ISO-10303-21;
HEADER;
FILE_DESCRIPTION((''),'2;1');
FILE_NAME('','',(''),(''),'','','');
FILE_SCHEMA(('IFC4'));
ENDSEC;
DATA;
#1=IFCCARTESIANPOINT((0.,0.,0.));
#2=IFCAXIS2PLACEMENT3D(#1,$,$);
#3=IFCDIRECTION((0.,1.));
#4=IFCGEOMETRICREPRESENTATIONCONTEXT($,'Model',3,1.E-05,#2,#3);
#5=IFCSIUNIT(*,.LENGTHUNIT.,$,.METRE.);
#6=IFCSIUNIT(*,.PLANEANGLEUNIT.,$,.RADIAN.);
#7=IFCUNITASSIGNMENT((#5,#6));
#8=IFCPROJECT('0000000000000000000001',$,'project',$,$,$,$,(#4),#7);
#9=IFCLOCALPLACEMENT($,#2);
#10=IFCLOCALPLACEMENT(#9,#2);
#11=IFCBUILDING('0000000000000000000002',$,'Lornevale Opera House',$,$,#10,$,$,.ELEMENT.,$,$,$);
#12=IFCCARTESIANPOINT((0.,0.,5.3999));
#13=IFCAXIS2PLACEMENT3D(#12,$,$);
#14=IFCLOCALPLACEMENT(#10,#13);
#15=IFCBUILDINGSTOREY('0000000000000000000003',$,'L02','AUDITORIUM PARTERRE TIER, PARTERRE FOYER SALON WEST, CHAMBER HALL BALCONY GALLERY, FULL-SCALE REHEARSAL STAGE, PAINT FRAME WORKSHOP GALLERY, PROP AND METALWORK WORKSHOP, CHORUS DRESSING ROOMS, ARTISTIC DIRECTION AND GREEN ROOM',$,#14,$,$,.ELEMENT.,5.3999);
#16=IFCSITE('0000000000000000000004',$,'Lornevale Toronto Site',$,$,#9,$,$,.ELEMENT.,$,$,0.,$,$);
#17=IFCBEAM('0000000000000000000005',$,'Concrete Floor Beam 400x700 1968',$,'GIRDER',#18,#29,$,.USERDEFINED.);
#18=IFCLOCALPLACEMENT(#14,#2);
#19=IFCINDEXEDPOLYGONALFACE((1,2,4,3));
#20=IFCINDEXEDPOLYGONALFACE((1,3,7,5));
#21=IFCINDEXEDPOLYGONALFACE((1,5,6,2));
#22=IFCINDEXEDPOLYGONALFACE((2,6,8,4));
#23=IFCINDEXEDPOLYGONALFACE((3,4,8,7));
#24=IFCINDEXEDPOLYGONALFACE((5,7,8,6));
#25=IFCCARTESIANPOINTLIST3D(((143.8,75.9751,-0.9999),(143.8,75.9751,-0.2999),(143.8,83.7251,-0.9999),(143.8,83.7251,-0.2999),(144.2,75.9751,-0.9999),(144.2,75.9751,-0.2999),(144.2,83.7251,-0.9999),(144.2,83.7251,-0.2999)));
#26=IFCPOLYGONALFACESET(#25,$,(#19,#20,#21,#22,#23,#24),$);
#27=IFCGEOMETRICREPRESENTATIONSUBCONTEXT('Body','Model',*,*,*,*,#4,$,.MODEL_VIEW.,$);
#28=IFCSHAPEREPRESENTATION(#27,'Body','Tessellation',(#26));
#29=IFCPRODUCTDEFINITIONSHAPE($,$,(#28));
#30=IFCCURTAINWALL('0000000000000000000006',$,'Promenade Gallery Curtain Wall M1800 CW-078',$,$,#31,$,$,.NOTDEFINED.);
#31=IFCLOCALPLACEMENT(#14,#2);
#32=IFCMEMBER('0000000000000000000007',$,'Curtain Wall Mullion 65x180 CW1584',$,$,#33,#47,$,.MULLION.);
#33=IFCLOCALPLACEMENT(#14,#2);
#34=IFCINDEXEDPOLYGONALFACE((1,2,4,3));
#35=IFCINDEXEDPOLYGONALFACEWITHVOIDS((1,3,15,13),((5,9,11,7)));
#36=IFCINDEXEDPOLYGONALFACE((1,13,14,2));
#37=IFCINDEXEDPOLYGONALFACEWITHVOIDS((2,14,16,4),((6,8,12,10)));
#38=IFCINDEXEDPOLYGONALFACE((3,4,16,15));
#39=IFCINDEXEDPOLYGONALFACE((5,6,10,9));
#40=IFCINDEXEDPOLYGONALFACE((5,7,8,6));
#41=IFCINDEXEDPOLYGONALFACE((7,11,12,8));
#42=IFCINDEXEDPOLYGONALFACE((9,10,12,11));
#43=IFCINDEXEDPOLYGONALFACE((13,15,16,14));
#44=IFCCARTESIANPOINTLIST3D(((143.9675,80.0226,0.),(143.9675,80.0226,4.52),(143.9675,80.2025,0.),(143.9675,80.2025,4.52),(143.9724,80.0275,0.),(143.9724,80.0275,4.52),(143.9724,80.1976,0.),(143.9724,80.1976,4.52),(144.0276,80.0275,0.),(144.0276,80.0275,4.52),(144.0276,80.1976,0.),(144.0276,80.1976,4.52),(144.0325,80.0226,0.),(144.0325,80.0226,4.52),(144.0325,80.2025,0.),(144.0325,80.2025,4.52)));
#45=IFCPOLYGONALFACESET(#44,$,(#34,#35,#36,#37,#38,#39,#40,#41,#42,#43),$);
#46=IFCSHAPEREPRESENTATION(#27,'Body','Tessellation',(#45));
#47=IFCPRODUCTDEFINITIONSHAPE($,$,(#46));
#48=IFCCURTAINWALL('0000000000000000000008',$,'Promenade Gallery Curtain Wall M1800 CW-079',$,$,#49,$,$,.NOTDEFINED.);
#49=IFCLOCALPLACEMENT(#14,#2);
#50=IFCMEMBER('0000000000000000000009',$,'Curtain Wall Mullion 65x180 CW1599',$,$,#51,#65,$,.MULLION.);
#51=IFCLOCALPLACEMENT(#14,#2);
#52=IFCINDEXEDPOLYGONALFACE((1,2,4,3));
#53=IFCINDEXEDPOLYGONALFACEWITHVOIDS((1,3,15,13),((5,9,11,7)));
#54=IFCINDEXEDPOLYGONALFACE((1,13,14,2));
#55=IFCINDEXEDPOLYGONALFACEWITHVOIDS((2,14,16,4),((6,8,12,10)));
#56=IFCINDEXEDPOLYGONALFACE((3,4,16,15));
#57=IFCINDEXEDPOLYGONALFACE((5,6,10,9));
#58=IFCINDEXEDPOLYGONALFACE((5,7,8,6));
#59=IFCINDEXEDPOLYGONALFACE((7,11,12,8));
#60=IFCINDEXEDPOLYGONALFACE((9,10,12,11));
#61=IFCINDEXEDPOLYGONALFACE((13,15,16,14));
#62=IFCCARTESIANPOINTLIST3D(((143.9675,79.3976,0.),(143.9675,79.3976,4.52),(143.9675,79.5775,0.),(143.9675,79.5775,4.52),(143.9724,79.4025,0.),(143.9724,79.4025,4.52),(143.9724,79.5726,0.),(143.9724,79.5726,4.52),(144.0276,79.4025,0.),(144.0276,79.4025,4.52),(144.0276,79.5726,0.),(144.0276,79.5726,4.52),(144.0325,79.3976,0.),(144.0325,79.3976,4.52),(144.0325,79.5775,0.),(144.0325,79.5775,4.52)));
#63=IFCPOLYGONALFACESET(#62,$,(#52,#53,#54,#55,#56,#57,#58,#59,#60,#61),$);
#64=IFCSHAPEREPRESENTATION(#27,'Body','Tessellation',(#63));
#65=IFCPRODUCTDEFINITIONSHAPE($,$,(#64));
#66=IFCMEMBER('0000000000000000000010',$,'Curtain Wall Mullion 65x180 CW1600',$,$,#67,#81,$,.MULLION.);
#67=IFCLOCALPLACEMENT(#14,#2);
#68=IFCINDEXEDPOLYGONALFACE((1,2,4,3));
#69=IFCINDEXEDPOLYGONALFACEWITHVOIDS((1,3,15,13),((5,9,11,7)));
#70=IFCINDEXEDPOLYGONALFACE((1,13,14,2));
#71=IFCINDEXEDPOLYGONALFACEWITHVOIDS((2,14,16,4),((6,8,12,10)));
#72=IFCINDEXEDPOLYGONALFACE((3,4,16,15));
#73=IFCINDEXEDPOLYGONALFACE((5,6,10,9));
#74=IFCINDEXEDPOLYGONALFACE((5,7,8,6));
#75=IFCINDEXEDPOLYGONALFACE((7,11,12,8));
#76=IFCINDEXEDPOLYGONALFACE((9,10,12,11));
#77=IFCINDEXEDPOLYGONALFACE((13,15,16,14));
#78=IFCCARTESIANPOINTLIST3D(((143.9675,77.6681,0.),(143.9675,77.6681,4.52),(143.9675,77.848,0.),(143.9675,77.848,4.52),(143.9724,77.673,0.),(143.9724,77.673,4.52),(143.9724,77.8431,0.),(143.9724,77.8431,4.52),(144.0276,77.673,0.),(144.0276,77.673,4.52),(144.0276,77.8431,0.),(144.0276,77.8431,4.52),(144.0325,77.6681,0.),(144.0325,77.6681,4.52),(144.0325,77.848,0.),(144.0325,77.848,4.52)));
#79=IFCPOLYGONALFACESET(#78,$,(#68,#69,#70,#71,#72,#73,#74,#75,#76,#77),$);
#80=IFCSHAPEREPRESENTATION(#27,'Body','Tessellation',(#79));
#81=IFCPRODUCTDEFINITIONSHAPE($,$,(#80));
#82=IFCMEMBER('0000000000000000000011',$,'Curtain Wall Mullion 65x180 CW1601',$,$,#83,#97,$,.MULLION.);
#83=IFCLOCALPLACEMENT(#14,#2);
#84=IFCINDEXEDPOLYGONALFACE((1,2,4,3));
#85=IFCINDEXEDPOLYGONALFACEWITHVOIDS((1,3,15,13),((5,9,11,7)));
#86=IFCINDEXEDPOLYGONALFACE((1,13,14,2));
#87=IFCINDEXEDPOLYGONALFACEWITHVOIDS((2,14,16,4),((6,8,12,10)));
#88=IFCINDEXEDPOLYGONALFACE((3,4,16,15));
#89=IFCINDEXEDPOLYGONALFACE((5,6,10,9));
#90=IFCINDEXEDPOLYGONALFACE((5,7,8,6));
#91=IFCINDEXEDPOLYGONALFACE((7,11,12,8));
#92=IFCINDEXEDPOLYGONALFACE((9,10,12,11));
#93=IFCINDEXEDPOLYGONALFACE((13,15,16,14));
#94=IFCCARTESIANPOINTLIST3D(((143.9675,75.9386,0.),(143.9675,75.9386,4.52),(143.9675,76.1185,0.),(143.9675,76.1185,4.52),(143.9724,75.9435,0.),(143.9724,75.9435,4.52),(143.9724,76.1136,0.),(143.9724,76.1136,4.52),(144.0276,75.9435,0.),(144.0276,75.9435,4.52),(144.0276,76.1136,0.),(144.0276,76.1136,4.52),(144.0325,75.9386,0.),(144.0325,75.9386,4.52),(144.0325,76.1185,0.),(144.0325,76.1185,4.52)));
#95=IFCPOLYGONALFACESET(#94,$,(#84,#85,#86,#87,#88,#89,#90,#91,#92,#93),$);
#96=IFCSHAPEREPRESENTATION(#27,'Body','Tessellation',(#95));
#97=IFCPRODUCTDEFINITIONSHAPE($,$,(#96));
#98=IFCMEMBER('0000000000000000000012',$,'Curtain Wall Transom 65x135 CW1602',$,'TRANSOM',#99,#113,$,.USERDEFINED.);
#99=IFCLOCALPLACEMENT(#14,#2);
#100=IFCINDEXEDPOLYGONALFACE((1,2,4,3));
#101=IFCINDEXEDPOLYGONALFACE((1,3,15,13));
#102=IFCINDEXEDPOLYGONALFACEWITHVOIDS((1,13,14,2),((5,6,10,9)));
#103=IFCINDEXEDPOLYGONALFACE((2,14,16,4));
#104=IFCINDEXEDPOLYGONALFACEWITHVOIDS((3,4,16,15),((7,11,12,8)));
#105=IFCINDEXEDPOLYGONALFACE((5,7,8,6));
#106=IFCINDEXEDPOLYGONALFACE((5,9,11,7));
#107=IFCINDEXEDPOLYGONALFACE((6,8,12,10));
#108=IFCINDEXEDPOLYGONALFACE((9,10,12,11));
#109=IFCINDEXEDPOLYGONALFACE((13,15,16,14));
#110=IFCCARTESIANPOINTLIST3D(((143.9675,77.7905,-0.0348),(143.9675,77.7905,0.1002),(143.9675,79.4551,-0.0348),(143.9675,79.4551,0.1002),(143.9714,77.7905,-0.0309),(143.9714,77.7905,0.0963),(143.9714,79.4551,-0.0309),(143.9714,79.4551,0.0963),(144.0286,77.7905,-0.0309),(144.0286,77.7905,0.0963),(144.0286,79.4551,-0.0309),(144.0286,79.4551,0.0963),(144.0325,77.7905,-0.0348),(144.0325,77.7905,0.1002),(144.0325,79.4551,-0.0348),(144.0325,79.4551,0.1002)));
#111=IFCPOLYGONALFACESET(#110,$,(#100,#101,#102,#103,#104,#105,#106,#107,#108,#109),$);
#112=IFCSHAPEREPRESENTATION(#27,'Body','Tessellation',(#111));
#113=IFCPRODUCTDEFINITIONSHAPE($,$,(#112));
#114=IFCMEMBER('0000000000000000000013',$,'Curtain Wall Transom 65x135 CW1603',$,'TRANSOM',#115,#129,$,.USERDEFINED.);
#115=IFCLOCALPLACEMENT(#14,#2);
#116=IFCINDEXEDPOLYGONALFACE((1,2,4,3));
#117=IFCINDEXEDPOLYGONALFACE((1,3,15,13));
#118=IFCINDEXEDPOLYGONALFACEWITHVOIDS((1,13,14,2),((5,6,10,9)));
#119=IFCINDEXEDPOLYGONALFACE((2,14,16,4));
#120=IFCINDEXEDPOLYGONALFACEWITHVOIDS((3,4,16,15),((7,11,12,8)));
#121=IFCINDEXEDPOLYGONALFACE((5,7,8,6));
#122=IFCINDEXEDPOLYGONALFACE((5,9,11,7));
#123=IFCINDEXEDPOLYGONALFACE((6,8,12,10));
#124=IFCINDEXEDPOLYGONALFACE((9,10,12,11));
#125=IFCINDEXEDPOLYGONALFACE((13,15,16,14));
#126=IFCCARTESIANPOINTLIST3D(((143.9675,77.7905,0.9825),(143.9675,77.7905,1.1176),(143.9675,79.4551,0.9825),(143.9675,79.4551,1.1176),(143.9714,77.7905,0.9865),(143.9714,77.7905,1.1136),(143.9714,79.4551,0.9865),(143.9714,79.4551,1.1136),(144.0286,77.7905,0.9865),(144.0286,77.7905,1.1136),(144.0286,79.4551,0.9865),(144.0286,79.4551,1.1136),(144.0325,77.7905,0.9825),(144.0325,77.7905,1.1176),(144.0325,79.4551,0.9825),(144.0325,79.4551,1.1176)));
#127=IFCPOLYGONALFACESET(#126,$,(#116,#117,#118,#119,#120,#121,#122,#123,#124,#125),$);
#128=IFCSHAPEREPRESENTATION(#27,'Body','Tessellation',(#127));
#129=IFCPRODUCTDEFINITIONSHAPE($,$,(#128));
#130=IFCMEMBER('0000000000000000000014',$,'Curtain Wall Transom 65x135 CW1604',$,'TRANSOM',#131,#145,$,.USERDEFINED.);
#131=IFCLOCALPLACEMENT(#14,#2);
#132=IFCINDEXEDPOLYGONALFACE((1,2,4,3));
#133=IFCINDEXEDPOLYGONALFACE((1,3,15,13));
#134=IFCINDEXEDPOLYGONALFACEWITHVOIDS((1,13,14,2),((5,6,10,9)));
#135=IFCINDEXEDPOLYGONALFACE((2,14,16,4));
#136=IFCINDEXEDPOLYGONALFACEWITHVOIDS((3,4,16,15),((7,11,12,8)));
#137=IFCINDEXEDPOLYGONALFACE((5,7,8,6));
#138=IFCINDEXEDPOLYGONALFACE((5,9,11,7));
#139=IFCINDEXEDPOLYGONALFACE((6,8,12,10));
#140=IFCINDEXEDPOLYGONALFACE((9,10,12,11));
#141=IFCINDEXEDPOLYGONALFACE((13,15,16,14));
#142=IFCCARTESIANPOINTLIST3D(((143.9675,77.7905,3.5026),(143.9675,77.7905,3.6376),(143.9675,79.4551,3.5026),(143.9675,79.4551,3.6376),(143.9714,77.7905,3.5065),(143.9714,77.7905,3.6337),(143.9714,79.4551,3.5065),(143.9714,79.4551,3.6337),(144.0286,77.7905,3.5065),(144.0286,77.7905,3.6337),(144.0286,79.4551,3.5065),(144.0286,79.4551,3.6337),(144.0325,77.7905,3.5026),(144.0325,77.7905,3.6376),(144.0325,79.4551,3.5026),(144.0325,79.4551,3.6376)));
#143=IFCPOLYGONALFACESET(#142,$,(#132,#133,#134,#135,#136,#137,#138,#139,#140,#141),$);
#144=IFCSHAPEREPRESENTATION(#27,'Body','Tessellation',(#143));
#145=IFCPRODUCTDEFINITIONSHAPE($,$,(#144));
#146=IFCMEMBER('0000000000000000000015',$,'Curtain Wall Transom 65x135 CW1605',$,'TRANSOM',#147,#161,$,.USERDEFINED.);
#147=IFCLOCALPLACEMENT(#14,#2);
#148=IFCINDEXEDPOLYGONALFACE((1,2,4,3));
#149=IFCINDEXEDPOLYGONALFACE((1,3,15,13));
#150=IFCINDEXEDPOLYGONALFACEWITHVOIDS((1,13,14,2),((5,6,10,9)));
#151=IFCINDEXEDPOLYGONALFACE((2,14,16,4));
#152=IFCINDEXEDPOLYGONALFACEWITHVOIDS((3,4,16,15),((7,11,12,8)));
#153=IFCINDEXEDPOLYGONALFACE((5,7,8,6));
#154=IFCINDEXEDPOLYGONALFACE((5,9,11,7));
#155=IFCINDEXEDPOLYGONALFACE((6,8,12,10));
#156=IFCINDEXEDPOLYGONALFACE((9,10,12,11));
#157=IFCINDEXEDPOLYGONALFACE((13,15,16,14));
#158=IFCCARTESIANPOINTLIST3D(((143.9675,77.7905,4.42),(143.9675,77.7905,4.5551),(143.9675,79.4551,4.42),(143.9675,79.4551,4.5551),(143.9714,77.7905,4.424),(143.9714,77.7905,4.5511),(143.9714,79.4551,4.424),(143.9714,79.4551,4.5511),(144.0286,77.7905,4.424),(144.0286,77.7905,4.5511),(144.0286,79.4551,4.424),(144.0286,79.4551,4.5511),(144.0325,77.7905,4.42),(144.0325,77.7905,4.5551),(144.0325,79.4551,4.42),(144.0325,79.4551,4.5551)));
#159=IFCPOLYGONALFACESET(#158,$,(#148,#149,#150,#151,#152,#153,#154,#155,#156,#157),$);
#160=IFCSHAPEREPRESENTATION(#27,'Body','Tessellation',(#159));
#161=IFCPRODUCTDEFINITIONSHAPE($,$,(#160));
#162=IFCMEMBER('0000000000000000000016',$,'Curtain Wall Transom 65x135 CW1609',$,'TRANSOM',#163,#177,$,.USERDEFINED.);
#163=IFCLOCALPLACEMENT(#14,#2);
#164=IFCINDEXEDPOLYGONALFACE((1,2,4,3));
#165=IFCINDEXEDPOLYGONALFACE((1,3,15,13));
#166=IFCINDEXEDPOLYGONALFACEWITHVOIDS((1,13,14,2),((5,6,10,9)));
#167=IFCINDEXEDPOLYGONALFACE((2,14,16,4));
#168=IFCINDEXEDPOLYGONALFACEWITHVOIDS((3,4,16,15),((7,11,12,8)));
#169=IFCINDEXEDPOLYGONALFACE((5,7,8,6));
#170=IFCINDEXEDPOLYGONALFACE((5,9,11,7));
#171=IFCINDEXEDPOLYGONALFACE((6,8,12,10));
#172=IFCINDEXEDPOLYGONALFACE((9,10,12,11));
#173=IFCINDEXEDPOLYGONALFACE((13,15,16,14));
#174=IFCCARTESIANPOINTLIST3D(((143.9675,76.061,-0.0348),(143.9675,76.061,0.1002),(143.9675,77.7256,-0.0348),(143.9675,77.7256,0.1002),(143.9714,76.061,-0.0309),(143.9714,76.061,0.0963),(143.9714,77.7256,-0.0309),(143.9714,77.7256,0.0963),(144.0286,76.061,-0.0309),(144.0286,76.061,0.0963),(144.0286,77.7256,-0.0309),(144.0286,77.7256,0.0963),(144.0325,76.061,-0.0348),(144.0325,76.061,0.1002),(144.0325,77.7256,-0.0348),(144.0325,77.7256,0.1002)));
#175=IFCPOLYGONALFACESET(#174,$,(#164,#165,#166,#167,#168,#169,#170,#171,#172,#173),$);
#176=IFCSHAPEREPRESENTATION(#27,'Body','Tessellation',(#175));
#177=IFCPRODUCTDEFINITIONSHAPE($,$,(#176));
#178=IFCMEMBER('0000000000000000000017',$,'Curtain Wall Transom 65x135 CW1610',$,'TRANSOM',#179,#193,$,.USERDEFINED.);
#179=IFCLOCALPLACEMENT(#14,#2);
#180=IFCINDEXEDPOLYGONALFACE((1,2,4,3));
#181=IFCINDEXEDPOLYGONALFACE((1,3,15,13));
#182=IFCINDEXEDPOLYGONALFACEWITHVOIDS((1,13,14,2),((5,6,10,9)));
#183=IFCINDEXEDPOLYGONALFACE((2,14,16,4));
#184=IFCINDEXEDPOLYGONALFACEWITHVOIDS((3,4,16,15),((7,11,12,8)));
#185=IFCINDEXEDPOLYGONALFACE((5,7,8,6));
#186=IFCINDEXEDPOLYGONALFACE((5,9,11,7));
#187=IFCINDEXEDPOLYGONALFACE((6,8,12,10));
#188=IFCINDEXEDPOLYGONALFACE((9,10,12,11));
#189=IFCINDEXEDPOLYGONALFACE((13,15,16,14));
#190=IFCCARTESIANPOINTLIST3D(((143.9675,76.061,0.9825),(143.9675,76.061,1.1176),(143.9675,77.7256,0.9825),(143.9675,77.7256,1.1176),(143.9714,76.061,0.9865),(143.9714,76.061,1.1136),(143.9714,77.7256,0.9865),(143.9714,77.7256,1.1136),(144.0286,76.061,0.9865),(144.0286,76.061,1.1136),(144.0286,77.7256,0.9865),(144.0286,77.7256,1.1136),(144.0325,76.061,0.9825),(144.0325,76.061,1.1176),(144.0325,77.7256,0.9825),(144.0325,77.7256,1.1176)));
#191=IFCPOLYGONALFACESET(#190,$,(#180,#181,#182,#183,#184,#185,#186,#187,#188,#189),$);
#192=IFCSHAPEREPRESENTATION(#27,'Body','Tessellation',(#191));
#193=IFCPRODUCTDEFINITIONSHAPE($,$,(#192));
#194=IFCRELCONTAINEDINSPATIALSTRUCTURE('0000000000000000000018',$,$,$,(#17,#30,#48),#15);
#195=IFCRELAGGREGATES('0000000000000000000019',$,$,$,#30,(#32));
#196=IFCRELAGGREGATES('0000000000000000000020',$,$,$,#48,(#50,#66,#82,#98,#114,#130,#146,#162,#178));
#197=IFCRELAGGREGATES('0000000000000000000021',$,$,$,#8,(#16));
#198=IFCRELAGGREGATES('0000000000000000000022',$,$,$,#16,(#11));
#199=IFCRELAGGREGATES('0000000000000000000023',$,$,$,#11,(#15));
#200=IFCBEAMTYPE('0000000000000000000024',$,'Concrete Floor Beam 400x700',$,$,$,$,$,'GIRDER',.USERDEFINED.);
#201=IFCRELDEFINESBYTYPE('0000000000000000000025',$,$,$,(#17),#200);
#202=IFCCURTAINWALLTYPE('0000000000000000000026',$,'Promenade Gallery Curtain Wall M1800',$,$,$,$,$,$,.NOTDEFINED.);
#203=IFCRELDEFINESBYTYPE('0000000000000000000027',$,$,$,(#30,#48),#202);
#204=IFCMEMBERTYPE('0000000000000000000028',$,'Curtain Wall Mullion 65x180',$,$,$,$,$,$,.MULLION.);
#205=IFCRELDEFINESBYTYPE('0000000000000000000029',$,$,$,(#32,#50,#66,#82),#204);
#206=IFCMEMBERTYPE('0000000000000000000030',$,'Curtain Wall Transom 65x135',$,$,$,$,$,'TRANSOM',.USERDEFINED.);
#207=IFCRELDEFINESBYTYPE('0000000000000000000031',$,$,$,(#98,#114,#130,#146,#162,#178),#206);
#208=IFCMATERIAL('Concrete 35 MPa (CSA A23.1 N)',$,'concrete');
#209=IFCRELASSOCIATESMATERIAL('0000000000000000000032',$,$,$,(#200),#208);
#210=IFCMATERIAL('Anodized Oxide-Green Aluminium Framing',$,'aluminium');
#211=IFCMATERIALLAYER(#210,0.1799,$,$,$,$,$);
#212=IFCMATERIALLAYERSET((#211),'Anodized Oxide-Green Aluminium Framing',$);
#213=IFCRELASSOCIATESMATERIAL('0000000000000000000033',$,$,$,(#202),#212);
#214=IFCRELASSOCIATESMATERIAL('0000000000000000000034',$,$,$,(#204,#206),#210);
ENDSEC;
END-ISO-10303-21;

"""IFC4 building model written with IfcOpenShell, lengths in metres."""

from ifc_helpers import new_model, si_unit, direction, frame, origin, origin_2d, place, context, subcontext, project, spatial, rectangle, hollow_rectangle, extrude, material, layer, layer_set, material_profile, profile_set, type_object, element, aggregate, save


model = new_model("IFC4")

# Units and contexts
model_context = context("Model", 3, precision=1e-05, world=origin(), true_north=direction((0.0, 1.0)))
body_context = subcontext(model_context, "Body", "Model", "MODEL_VIEW")
ifc_project = project(units=[si_unit("LENGTHUNIT", "METRE"), si_unit("PLANEANGLEUNIT", "RADIAN")], contexts=[model_context])

# Site, building, storey
site_placement = place(None, origin())
site = spatial("IfcSite", under=ifc_project, at=site_placement, Name="Lornevale Toronto Site", CompositionType="ELEMENT", RefElevation=0.0)
building_placement = place(site_placement, origin())
building = spatial("IfcBuilding", under=site, at=building_placement, Name="Lornevale Opera House", CompositionType="ELEMENT")
storey_placement = place(building_placement, frame((0.0, 0.0, 5.3999)))
storey = spatial("IfcBuildingStorey", under=building, at=storey_placement, Name="L02", Description="AUDITORIUM PARTERRE TIER, PARTERRE FOYER SALON WEST, CHAMBER HALL BALCONY GALLERY, FULL-SCALE REHEARSAL STAGE, PAINT FRAME WORKSHOP GALLERY, PROP AND METALWORK WORKSHOP, CHORUS DRESSING ROOMS, ARTISTIC DIRECTION AND GREEN ROOM", CompositionType="ELEMENT", Elevation=5.3999)

# Beam
ifc_material_1 = material(Name="Concrete 35 MPa (CSA A23.1 N)", Category="concrete")
ifc_material_profile_1 = material_profile(ifc_material_1, rectangle(XDim=0.3999, YDim=0.7, at=origin_2d()), Name="RC400x700")
ifc_profile_set_1 = profile_set([ifc_material_profile_1], Name="Concrete 35 MPa (CSA A23.1 N)")
beam_type = type_object("IfcBeamType", Name="Concrete Floor Beam 400x700", ElementType="GIRDER", PredefinedType="USERDEFINED", material=ifc_profile_set_1)
beam_placement = place(storey_placement, frame((144.0, 75.9751, -0.6499), z_axis=(0.0, 1.0, 0.0), x_axis=(-1.0, 0.0, 0.0)))
element("IfcBeam", 1, at=beam_placement, inside=storey, type_object=beam_type, Name="Concrete Floor Beam 400x700 1968", ObjectType="GIRDER", PredefinedType="USERDEFINED", context=body_context, shape_type="SweptSolid", body=[
    extrude(rectangle(XDim=0.3999, YDim=0.7, at=origin_2d()), origin(), (0.0, 0.0, 1.0), 7.75),
])

# Curtain wall, member
ifc_material_2 = material(Name="Anodized Oxide-Green Aluminium Framing", Category="aluminium")
ifc_layer_1 = layer(ifc_material_2, 0.1799)
ifc_layer_set_1 = layer_set([ifc_layer_1], Name="Anodized Oxide-Green Aluminium Framing")
curtain_wall_type = type_object("IfcCurtainWallType", Name="Promenade Gallery Curtain Wall M1800", PredefinedType="NOTDEFINED", material=ifc_layer_set_1)
curtain_wall_1_placement = place(storey_placement, origin())
curtain_wall_1 = element("IfcCurtainWall", 2, at=curtain_wall_1_placement, inside=storey, type_object=curtain_wall_type, Name="Promenade Gallery Curtain Wall M1800 CW-078", PredefinedType="NOTDEFINED")
ifc_material_profile_2 = material_profile(ifc_material_2, hollow_rectangle(XDim=0.0649, YDim=0.1799, WallThickness=0.0049, at=origin_2d()), Name="ALU65x180x5")
ifc_profile_set_2 = profile_set([ifc_material_profile_2], Name="Anodized Oxide-Green Aluminium Framing")
member_type_1 = type_object("IfcMemberType", Name="Curtain Wall Mullion 65x180", PredefinedType="MULLION", material=ifc_profile_set_2)
member_1_placement = place(storey_placement, frame((144.0, 80.1125, 0.0), z_axis=(0.0, 0.0, 1.0), x_axis=(1.0, 0.0, 0.0)))
member_1 = element("IfcMember", 3, at=member_1_placement, type_object=member_type_1, Name="Curtain Wall Mullion 65x180 CW1584", PredefinedType="MULLION", context=body_context, shape_type="SweptSolid", body=[
    extrude(hollow_rectangle(XDim=0.0649, YDim=0.1799, WallThickness=0.0049, at=origin_2d()), origin(), (0.0, 0.0, 1.0), 4.52),
])

# Curtain wall, members
curtain_wall_2_placement = place(storey_placement, origin())
curtain_wall_2 = element("IfcCurtainWall", 4, at=curtain_wall_2_placement, inside=storey, type_object=curtain_wall_type, Name="Promenade Gallery Curtain Wall M1800 CW-079", PredefinedType="NOTDEFINED")
member_2_placement = place(storey_placement, frame((144.0, 79.4875, 0.0), z_axis=(0.0, 0.0, 1.0), x_axis=(1.0, 0.0, 0.0)))
member_2 = element("IfcMember", 5, at=member_2_placement, type_object=member_type_1, Name="Curtain Wall Mullion 65x180 CW1599", PredefinedType="MULLION", context=body_context, shape_type="SweptSolid", body=[
    extrude(hollow_rectangle(XDim=0.0649, YDim=0.1799, WallThickness=0.0049, at=origin_2d()), origin(), (0.0, 0.0, 1.0), 4.52),
])
member_3_placement = place(storey_placement, frame((144.0, 77.7581, 0.0), z_axis=(0.0, 0.0, 1.0), x_axis=(1.0, 0.0, 0.0)))
member_3 = element("IfcMember", 6, at=member_3_placement, type_object=member_type_1, Name="Curtain Wall Mullion 65x180 CW1600", PredefinedType="MULLION", context=body_context, shape_type="SweptSolid", body=[
    extrude(hollow_rectangle(XDim=0.0649, YDim=0.1799, WallThickness=0.0049, at=origin_2d()), origin(), (0.0, 0.0, 1.0), 4.52),
])
member_4_placement = place(storey_placement, frame((144.0, 76.0286, 0.0), z_axis=(0.0, 0.0, 1.0), x_axis=(1.0, 0.0, 0.0)))
member_4 = element("IfcMember", 7, at=member_4_placement, type_object=member_type_1, Name="Curtain Wall Mullion 65x180 CW1601", PredefinedType="MULLION", context=body_context, shape_type="SweptSolid", body=[
    extrude(hollow_rectangle(XDim=0.0649, YDim=0.1799, WallThickness=0.0049, at=origin_2d()), origin(), (0.0, 0.0, 1.0), 4.52),
])
ifc_material_profile_3 = material_profile(ifc_material_2, hollow_rectangle(XDim=0.0649, YDim=0.135, WallThickness=0.0039, at=origin_2d()), Name="ALU65x135x4")
ifc_profile_set_3 = profile_set([ifc_material_profile_3], Name="Anodized Oxide-Green Aluminium Framing")
member_type_2 = type_object("IfcMemberType", Name="Curtain Wall Transom 65x135", ElementType="TRANSOM", PredefinedType="USERDEFINED", material=ifc_profile_set_3)
member_5_placement = place(storey_placement, frame((144.0, 79.4551, 0.0327), z_axis=(0.0, -1.0, 0.0), x_axis=(1.0, 0.0, 0.0)))
member_5 = element("IfcMember", 8, at=member_5_placement, type_object=member_type_2, Name="Curtain Wall Transom 65x135 CW1602", ObjectType="TRANSOM", PredefinedType="USERDEFINED", context=body_context, shape_type="SweptSolid", body=[
    extrude(hollow_rectangle(XDim=0.0649, YDim=0.135, WallThickness=0.0039, at=origin_2d()), origin(), (0.0, 0.0, 1.0), 1.6646),
])
member_6_placement = place(storey_placement, frame((144.0, 79.4551, 1.05), z_axis=(0.0, -1.0, 0.0), x_axis=(1.0, 0.0, 0.0)))
member_6 = element("IfcMember", 9, at=member_6_placement, type_object=member_type_2, Name="Curtain Wall Transom 65x135 CW1603", ObjectType="TRANSOM", PredefinedType="USERDEFINED", context=body_context, shape_type="SweptSolid", body=[
    extrude(hollow_rectangle(XDim=0.0649, YDim=0.135, WallThickness=0.0039, at=origin_2d()), origin(), (0.0, 0.0, 1.0), 1.6646),
])
member_7_placement = place(storey_placement, frame((144.0, 79.4551, 3.5701), z_axis=(0.0, -1.0, 0.0), x_axis=(1.0, 0.0, 0.0)))
member_7 = element("IfcMember", 10, at=member_7_placement, type_object=member_type_2, Name="Curtain Wall Transom 65x135 CW1604", ObjectType="TRANSOM", PredefinedType="USERDEFINED", context=body_context, shape_type="SweptSolid", body=[
    extrude(hollow_rectangle(XDim=0.0649, YDim=0.135, WallThickness=0.0039, at=origin_2d()), origin(), (0.0, 0.0, 1.0), 1.6646),
])
member_8_placement = place(storey_placement, frame((144.0, 79.4551, 4.4875), z_axis=(0.0, -1.0, 0.0), x_axis=(1.0, 0.0, 0.0)))
member_8 = element("IfcMember", 11, at=member_8_placement, type_object=member_type_2, Name="Curtain Wall Transom 65x135 CW1605", ObjectType="TRANSOM", PredefinedType="USERDEFINED", context=body_context, shape_type="SweptSolid", body=[
    extrude(hollow_rectangle(XDim=0.0649, YDim=0.135, WallThickness=0.0039, at=origin_2d()), origin(), (0.0, 0.0, 1.0), 1.6646),
])
member_9_placement = place(storey_placement, frame((144.0, 77.7256, 0.0327), z_axis=(0.0, -1.0, 0.0), x_axis=(1.0, 0.0, 0.0)))
member_9 = element("IfcMember", 12, at=member_9_placement, type_object=member_type_2, Name="Curtain Wall Transom 65x135 CW1609", ObjectType="TRANSOM", PredefinedType="USERDEFINED", context=body_context, shape_type="SweptSolid", body=[
    extrude(hollow_rectangle(XDim=0.0649, YDim=0.135, WallThickness=0.0039, at=origin_2d()), origin(), (0.0, 0.0, 1.0), 1.6646),
])
member_10_placement = place(storey_placement, frame((144.0, 77.7256, 1.05), z_axis=(0.0, -1.0, 0.0), x_axis=(1.0, 0.0, 0.0)))
member_10 = element("IfcMember", 13, at=member_10_placement, type_object=member_type_2, Name="Curtain Wall Transom 65x135 CW1610", ObjectType="TRANSOM", PredefinedType="USERDEFINED", context=body_context, shape_type="SweptSolid", body=[
    extrude(hollow_rectangle(XDim=0.0649, YDim=0.135, WallThickness=0.0039, at=origin_2d()), origin(), (0.0, 0.0, 1.0), 1.6646),
])

aggregate(curtain_wall_1, [member_1])
aggregate(curtain_wall_2, [member_2, member_3, member_4, member_5, member_6, member_7, member_8, member_9, member_10])

save(model, "model.ifc")
